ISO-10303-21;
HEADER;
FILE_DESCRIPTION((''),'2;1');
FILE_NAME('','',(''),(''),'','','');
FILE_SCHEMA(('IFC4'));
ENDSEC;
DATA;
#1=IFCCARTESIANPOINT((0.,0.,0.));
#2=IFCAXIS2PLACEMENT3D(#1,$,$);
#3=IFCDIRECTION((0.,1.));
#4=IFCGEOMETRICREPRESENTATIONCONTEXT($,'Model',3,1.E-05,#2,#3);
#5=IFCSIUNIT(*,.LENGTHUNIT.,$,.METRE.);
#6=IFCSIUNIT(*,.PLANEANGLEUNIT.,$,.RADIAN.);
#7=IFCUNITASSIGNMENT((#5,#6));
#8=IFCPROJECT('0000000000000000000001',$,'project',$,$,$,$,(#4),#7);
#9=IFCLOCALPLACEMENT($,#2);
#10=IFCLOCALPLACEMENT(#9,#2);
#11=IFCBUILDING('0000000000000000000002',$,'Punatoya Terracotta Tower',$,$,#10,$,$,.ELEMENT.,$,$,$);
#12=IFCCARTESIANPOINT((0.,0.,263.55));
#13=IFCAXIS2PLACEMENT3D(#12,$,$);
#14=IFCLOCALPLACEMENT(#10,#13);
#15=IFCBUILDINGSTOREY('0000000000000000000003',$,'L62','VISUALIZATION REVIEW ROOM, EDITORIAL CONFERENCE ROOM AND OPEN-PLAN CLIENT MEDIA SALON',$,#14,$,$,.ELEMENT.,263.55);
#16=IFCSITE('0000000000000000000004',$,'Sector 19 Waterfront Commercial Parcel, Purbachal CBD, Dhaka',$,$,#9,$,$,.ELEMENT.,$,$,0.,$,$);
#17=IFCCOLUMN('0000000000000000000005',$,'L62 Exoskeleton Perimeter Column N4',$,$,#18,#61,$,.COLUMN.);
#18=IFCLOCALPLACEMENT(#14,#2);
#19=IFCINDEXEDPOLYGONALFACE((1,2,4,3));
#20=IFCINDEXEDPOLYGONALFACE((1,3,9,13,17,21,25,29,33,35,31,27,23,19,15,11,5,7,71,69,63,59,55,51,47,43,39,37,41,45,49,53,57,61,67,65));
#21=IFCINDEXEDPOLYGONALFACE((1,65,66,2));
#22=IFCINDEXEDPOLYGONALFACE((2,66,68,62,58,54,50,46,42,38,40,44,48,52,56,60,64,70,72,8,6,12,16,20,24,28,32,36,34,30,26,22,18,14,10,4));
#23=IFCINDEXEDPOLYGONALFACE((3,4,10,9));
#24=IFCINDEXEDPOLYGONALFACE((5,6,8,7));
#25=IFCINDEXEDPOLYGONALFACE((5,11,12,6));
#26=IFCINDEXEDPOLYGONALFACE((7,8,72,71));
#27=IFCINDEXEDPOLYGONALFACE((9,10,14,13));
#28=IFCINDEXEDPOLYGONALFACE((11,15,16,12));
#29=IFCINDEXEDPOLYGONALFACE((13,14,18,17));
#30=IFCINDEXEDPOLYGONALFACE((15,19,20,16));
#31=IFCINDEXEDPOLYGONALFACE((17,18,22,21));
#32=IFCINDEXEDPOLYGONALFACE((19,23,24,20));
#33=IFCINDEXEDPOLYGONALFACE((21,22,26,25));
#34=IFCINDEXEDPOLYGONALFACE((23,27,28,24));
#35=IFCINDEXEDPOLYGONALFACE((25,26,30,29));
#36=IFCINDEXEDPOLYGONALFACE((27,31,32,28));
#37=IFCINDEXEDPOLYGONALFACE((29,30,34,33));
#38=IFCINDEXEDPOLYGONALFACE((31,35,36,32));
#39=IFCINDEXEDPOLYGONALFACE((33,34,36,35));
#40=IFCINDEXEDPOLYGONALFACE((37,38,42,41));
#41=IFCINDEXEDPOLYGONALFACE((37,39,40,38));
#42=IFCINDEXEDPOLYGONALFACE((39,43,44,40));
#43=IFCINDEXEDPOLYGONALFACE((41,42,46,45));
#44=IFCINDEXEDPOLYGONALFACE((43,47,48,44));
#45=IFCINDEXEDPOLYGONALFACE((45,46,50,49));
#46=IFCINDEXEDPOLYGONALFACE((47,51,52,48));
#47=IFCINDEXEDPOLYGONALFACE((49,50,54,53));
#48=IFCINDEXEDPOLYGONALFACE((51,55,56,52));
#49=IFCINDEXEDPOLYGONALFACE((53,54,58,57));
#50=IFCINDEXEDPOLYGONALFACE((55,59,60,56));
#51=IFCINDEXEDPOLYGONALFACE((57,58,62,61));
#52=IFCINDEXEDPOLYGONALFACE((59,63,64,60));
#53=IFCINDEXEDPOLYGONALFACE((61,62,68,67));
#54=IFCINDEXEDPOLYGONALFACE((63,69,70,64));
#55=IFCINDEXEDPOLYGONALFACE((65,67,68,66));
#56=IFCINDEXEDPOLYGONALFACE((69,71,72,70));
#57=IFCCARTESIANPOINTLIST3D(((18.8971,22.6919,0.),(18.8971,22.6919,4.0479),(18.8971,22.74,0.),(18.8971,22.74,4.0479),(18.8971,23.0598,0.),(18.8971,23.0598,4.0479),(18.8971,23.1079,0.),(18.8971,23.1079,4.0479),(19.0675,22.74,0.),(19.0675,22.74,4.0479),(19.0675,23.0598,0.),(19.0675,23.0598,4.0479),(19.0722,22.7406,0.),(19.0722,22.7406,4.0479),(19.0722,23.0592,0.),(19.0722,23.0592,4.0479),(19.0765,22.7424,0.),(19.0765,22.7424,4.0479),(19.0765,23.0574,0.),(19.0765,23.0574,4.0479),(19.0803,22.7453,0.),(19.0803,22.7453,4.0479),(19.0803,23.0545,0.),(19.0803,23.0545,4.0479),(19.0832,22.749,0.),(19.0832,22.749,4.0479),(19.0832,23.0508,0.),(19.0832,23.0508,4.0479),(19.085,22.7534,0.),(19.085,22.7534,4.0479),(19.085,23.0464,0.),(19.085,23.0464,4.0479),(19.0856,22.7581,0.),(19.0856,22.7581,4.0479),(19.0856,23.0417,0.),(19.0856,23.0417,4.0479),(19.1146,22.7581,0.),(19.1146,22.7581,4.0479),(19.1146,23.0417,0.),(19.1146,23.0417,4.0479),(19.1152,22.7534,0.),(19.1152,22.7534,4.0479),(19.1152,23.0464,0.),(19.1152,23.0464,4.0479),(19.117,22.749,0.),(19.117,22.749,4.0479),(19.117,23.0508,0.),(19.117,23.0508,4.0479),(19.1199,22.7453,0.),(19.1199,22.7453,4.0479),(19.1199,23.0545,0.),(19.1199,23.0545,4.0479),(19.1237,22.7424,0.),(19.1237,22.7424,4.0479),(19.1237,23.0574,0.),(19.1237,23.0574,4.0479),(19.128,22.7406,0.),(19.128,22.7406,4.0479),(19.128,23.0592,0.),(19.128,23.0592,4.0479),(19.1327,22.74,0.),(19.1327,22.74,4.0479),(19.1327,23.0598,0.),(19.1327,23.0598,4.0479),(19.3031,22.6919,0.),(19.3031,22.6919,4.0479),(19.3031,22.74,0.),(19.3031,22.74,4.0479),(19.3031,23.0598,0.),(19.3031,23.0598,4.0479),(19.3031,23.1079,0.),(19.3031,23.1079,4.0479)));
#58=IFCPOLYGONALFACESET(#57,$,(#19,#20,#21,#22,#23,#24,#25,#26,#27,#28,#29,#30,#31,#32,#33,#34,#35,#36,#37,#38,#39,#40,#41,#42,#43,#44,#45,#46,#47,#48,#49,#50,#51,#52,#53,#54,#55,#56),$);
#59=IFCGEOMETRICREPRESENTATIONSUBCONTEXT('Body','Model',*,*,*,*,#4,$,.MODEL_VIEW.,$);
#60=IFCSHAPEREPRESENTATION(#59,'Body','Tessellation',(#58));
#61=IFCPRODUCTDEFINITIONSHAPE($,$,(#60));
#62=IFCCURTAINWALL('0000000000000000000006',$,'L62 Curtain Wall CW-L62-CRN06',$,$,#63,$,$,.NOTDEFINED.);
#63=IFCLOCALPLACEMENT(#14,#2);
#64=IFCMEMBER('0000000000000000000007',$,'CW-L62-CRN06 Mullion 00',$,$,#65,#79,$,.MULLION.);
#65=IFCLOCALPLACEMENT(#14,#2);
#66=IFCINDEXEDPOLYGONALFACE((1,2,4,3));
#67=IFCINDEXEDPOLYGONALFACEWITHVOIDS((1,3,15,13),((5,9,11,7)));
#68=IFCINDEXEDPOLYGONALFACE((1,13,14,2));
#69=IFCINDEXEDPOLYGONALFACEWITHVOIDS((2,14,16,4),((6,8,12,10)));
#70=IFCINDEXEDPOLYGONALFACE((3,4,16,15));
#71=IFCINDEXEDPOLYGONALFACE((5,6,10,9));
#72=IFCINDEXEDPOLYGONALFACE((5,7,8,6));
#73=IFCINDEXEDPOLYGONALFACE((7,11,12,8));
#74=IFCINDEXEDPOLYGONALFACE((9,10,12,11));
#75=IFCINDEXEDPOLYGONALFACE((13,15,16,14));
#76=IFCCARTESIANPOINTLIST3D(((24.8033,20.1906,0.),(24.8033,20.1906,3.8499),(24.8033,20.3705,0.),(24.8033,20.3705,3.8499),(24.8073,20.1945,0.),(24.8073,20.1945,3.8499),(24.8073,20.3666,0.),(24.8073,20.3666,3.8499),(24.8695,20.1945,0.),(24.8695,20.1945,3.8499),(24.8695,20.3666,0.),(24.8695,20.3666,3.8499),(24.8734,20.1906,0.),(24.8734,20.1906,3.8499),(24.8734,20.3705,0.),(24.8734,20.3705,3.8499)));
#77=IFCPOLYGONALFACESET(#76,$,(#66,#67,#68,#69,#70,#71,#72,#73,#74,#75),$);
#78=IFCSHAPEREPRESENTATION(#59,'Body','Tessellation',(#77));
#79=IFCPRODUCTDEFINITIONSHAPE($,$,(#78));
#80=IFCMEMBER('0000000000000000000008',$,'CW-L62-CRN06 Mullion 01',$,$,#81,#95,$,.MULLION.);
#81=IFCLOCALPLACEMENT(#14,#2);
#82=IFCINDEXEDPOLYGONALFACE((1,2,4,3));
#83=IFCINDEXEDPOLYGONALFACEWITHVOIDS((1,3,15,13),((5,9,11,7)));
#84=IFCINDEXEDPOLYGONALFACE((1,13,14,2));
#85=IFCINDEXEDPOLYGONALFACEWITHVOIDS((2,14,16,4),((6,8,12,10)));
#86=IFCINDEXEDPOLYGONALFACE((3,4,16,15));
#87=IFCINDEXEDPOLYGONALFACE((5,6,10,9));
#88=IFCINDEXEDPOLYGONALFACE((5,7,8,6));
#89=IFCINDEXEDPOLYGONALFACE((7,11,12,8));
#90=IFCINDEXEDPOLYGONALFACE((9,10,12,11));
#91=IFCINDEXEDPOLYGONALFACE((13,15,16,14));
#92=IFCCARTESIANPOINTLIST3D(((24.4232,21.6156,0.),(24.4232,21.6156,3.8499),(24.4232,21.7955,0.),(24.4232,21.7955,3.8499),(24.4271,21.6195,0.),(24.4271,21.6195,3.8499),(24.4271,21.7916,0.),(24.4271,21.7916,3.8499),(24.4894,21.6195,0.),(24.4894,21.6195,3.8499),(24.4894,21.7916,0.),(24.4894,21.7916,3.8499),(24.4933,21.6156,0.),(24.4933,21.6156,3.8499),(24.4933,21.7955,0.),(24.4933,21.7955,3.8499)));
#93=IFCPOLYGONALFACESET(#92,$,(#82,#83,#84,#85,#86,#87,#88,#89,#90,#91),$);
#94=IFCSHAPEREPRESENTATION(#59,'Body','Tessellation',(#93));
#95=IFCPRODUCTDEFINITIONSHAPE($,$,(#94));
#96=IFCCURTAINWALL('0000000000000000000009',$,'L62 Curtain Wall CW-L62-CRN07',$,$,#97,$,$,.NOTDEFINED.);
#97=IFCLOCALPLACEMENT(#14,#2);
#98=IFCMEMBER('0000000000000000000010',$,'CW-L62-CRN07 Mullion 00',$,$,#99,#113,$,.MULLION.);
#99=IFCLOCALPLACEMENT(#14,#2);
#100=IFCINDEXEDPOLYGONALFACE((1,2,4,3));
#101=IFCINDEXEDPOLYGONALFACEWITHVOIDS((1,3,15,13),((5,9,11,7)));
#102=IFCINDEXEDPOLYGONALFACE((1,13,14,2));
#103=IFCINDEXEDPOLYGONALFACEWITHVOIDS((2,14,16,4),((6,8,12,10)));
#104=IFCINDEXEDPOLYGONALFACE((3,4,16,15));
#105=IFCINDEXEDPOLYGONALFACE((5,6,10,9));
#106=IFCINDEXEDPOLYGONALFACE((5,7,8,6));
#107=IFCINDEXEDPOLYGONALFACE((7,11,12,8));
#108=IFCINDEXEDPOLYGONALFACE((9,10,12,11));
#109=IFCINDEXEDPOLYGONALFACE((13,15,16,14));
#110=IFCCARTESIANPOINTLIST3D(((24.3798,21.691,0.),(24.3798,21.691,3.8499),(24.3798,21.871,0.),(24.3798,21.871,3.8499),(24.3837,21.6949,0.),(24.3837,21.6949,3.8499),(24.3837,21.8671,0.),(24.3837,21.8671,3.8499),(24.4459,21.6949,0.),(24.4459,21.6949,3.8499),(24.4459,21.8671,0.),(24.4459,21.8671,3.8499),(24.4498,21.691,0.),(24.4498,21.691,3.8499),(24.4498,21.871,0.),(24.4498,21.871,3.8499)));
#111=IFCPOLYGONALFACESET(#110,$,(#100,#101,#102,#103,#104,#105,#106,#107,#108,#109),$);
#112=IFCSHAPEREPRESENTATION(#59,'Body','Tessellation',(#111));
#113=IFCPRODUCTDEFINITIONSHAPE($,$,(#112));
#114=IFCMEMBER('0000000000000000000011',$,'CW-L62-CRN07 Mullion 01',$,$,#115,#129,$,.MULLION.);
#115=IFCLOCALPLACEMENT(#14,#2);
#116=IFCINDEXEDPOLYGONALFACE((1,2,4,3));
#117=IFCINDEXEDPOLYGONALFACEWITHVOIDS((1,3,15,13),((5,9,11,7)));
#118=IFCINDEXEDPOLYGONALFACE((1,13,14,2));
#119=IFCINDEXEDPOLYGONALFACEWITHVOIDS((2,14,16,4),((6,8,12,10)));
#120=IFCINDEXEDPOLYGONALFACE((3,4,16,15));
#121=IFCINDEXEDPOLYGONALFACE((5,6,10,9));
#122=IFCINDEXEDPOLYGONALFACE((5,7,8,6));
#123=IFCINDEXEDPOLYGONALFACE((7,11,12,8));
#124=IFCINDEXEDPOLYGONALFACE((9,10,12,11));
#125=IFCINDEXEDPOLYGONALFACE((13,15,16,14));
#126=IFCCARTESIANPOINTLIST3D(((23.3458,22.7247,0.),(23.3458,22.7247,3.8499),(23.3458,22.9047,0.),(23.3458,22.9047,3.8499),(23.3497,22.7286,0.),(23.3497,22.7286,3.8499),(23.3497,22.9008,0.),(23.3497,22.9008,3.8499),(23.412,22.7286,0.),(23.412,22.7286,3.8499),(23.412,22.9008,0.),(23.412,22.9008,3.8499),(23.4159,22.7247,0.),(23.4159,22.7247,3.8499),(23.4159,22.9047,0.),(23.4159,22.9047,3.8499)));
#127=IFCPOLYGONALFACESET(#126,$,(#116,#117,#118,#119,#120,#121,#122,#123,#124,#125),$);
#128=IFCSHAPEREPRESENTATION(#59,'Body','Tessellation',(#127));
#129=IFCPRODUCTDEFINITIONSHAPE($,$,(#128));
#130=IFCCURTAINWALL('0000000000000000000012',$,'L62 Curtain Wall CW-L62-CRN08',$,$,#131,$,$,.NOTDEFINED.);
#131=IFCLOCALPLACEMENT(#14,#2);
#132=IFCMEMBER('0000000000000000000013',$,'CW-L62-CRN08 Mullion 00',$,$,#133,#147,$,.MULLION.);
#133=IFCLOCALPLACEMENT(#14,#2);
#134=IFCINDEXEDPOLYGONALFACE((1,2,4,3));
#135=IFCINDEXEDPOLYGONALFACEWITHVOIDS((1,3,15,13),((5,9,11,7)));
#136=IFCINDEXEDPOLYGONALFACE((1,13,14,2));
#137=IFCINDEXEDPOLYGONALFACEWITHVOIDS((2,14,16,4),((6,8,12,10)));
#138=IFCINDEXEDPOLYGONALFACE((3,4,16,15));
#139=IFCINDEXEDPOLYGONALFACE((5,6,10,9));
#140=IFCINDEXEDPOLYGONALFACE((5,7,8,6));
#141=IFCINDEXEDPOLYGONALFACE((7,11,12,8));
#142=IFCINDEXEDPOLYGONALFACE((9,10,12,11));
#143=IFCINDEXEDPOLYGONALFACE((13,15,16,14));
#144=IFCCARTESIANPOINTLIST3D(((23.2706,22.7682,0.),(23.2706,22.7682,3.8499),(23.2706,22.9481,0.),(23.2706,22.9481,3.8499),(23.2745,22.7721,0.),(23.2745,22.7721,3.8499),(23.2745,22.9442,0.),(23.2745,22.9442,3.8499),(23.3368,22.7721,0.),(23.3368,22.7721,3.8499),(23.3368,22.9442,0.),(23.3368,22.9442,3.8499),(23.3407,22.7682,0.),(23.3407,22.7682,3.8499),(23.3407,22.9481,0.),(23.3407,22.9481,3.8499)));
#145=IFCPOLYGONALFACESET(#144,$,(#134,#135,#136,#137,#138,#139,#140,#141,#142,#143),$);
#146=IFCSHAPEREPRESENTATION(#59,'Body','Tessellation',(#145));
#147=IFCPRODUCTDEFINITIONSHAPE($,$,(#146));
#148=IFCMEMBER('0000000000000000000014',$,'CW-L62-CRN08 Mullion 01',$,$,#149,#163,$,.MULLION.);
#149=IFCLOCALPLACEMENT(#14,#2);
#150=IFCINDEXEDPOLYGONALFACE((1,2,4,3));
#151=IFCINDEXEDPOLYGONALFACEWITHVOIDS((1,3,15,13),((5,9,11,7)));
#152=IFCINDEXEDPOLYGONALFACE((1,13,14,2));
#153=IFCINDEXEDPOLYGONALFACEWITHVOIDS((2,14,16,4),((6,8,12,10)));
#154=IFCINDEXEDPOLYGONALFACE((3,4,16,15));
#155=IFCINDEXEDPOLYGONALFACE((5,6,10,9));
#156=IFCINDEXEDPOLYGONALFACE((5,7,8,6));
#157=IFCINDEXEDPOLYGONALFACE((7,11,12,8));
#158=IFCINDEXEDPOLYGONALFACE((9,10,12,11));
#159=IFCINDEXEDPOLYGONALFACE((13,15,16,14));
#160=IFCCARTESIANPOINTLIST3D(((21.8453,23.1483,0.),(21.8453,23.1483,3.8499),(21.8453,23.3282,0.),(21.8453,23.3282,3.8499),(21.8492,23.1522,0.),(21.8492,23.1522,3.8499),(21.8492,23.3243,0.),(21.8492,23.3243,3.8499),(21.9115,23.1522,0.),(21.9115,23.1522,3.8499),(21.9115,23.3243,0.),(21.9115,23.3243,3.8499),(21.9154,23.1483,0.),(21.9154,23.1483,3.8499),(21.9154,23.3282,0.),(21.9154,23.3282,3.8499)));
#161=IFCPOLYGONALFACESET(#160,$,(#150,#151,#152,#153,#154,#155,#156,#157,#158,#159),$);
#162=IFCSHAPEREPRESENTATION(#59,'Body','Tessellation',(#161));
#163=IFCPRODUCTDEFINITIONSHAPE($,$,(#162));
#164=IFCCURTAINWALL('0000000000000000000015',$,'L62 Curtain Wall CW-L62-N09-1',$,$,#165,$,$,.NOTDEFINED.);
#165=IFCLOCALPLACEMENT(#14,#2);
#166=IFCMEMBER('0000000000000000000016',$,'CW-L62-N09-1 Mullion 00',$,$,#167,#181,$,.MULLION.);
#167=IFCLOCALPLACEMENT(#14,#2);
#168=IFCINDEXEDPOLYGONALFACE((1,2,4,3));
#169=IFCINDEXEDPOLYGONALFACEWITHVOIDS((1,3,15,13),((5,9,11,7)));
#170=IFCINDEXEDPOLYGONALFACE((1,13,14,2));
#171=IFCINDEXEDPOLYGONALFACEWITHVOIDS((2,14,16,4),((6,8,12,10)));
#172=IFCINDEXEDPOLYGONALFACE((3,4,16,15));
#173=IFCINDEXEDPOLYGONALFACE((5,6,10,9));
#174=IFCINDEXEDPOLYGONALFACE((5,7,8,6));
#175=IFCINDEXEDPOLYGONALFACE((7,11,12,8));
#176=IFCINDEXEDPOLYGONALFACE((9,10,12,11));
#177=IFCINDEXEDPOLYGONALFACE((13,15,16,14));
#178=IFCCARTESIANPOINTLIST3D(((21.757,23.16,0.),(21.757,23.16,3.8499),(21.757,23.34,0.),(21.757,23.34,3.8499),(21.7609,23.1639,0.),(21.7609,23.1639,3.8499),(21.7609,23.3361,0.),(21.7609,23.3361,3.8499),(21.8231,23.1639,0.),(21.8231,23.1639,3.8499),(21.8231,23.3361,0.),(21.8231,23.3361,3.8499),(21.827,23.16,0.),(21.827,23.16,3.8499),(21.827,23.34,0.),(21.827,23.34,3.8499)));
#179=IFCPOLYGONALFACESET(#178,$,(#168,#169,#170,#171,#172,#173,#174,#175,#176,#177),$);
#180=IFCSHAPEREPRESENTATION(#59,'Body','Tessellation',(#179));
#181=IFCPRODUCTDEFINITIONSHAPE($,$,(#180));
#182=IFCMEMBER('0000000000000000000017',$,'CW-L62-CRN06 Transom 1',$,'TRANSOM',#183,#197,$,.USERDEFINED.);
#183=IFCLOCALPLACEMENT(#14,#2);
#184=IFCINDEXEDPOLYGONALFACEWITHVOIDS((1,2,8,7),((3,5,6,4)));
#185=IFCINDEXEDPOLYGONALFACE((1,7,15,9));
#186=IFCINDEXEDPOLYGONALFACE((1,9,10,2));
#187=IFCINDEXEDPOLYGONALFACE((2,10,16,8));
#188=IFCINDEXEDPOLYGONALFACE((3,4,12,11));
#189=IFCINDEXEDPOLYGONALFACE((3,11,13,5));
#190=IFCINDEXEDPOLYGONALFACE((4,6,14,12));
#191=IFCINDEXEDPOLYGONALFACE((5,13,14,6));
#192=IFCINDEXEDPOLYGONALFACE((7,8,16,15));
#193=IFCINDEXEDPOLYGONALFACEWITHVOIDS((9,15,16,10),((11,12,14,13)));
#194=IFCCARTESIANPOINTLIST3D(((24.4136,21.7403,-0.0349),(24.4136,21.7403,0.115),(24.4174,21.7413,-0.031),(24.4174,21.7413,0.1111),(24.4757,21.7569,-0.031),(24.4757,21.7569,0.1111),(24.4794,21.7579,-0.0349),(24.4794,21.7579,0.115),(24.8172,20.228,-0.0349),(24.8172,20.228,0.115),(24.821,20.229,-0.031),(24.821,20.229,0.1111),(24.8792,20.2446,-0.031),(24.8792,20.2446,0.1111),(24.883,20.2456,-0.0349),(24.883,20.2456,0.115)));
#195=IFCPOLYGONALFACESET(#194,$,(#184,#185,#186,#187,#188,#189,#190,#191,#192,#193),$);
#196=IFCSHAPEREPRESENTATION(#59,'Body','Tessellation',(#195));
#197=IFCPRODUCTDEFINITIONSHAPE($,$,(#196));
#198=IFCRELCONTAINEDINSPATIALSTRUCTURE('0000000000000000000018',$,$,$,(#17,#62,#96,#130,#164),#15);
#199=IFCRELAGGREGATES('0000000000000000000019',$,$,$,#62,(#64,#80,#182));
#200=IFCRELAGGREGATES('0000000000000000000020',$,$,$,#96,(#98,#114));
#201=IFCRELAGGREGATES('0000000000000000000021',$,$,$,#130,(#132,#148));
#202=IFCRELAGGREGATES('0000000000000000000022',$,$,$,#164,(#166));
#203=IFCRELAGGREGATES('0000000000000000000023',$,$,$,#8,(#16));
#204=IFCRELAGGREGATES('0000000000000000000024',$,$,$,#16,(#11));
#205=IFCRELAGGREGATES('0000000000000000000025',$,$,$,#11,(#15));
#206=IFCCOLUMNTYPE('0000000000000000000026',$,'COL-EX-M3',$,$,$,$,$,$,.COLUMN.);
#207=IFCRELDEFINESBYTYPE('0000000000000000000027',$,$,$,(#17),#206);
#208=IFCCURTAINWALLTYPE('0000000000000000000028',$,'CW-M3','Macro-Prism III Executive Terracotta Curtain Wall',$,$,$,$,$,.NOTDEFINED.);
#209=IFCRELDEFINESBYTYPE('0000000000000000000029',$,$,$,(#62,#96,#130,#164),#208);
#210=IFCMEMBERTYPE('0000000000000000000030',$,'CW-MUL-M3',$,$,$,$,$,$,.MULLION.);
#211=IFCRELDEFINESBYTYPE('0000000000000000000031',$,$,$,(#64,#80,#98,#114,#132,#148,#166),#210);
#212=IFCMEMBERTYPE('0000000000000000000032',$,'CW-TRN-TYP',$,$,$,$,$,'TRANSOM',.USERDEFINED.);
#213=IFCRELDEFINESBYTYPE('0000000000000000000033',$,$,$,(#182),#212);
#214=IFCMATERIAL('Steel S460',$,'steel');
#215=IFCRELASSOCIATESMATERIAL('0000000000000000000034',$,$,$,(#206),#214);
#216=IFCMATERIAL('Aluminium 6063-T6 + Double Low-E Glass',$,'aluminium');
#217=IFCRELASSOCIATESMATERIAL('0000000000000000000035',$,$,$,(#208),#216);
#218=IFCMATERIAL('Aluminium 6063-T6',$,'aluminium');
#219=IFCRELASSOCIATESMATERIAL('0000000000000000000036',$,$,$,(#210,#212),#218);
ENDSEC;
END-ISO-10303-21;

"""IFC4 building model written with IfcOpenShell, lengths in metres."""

from ifc_helpers import new_model, si_unit, direction, frame, origin, origin_2d, place, context, subcontext, project, spatial, hollow_rectangle, i_section, extrude, material, material_profile, profile_set, type_object, element, aggregate, save


model = new_model("IFC4")

# Units and contexts
model_context = context("Model", 3, precision=1e-05, world=origin(), true_north=direction((0.0, 1.0)))
body_context = subcontext(model_context, "Body", "Model", "MODEL_VIEW")
ifc_project = project(units=[si_unit("LENGTHUNIT", "METRE"), si_unit("PLANEANGLEUNIT", "RADIAN")], contexts=[model_context])

# Site, building, storey
site_placement = place(None, origin())
site = spatial("IfcSite", under=ifc_project, at=site_placement, Name="Sector 19 Waterfront Commercial Parcel, Purbachal CBD, Dhaka", CompositionType="ELEMENT", RefElevation=0.0)
building_placement = place(site_placement, origin())
building = spatial("IfcBuilding", under=site, at=building_placement, Name="Punatoya Terracotta Tower", CompositionType="ELEMENT")
storey_placement = place(building_placement, frame((0.0, 0.0, 263.55)))
storey = spatial("IfcBuildingStorey", under=building, at=storey_placement, Name="L62", Description="VISUALIZATION REVIEW ROOM, EDITORIAL CONFERENCE ROOM AND OPEN-PLAN CLIENT MEDIA SALON", CompositionType="ELEMENT", Elevation=263.55)

# Column
ifc_material_1 = material(Name="Steel S460", Category="steel")
ifc_material_profile_1 = material_profile(ifc_material_1, i_section(OverallWidth=0.406, OverallDepth=0.416, WebThickness=0.0291, FlangeThickness=0.0481, FilletRadius=0.0181, at=origin_2d()))
ifc_profile_set_1 = profile_set([ifc_material_profile_1], Name="Steel S460")
column_type = type_object("IfcColumnType", Name="COL-EX-M3", PredefinedType="COLUMN", material=ifc_profile_set_1)
column_placement = place(storey_placement, frame((19.1001, 22.8999, 0.0), z_axis=(0.0, 0.0, 1.0), x_axis=(1.0, 0.0, 0.0)))
element("IfcColumn", 1, at=column_placement, inside=storey, type_object=column_type, Name="L62 Exoskeleton Perimeter Column N4", PredefinedType="COLUMN", context=body_context, shape_type="SweptSolid", body=[
    extrude(i_section(OverallWidth=0.406, OverallDepth=0.416, WebThickness=0.0291, FlangeThickness=0.0481, FilletRadius=0.0181, at=origin_2d()), origin(), (0.0, 0.0, 1.0), 4.0479),
])

# Curtain walls, members
ifc_material_2 = material(Name="Aluminium 6063-T6 + Double Low-E Glass", Category="aluminium")
curtain_wall_type = type_object("IfcCurtainWallType", Name="CW-M3", Description="Macro-Prism III Executive Terracotta Curtain Wall", PredefinedType="NOTDEFINED", material=ifc_material_2)
curtain_wall_1_placement = place(storey_placement, origin())
curtain_wall_1 = element("IfcCurtainWall", 2, at=curtain_wall_1_placement, inside=storey, type_object=curtain_wall_type, Name="L62 Curtain Wall CW-L62-CRN06", PredefinedType="NOTDEFINED")
ifc_material_3 = material(Name="Aluminium 6063-T6", Category="aluminium")
ifc_material_profile_2 = material_profile(ifc_material_3, hollow_rectangle(XDim=0.0701, YDim=0.1799, WallThickness=0.0039, at=origin_2d()))
ifc_profile_set_2 = profile_set([ifc_material_profile_2], Name="Aluminium 6063-T6")
member_type_1 = type_object("IfcMemberType", Name="CW-MUL-M3", PredefinedType="MULLION", material=ifc_profile_set_2)
member_1_placement = place(storey_placement, frame((24.8384, 20.2805, 0.0), z_axis=(0.0, 0.0, 1.0), x_axis=(1.0, 0.0, 0.0)))
member_1 = element("IfcMember", 3, at=member_1_placement, type_object=member_type_1, Name="CW-L62-CRN06 Mullion 00", PredefinedType="MULLION", context=body_context, shape_type="SweptSolid", body=[
    extrude(hollow_rectangle(XDim=0.0701, YDim=0.1799, WallThickness=0.0039, at=origin_2d()), origin(), (0.0, 0.0, 1.0), 3.8499),
])
member_2_placement = place(storey_placement, frame((24.4583, 21.7056, 0.0), z_axis=(0.0, 0.0, 1.0), x_axis=(1.0, 0.0, 0.0)))
member_2 = element("IfcMember", 4, at=member_2_placement, type_object=member_type_1, Name="CW-L62-CRN06 Mullion 01", PredefinedType="MULLION", context=body_context, shape_type="SweptSolid", body=[
    extrude(hollow_rectangle(XDim=0.0701, YDim=0.1799, WallThickness=0.0039, at=origin_2d()), origin(), (0.0, 0.0, 1.0), 3.8499),
])
curtain_wall_2_placement = place(storey_placement, origin())
curtain_wall_2 = element("IfcCurtainWall", 5, at=curtain_wall_2_placement, inside=storey, type_object=curtain_wall_type, Name="L62 Curtain Wall CW-L62-CRN07", PredefinedType="NOTDEFINED")
member_3_placement = place(storey_placement, frame((24.4148, 21.781, 0.0), z_axis=(0.0, 0.0, 1.0), x_axis=(1.0, 0.0, 0.0)))
member_3 = element("IfcMember", 6, at=member_3_placement, type_object=member_type_1, Name="CW-L62-CRN07 Mullion 00", PredefinedType="MULLION", context=body_context, shape_type="SweptSolid", body=[
    extrude(hollow_rectangle(XDim=0.0701, YDim=0.1799, WallThickness=0.0039, at=origin_2d()), origin(), (0.0, 0.0, 1.0), 3.8499),
])
member_4_placement = place(storey_placement, frame((23.3809, 22.8147, 0.0), z_axis=(0.0, 0.0, 1.0), x_axis=(1.0, 0.0, 0.0)))
member_4 = element("IfcMember", 7, at=member_4_placement, type_object=member_type_1, Name="CW-L62-CRN07 Mullion 01", PredefinedType="MULLION", context=body_context, shape_type="SweptSolid", body=[
    extrude(hollow_rectangle(XDim=0.0701, YDim=0.1799, WallThickness=0.0039, at=origin_2d()), origin(), (0.0, 0.0, 1.0), 3.8499),
])
curtain_wall_3_placement = place(storey_placement, origin())
curtain_wall_3 = element("IfcCurtainWall", 8, at=curtain_wall_3_placement, inside=storey, type_object=curtain_wall_type, Name="L62 Curtain Wall CW-L62-CRN08", PredefinedType="NOTDEFINED")
member_5_placement = place(storey_placement, frame((23.3057, 22.8582, 0.0), z_axis=(0.0, 0.0, 1.0), x_axis=(1.0, 0.0, 0.0)))
member_5 = element("IfcMember", 9, at=member_5_placement, type_object=member_type_1, Name="CW-L62-CRN08 Mullion 00", PredefinedType="MULLION", context=body_context, shape_type="SweptSolid", body=[
    extrude(hollow_rectangle(XDim=0.0701, YDim=0.1799, WallThickness=0.0039, at=origin_2d()), origin(), (0.0, 0.0, 1.0), 3.8499),
])
member_6_placement = place(storey_placement, frame((21.8804, 23.2383, 0.0), z_axis=(0.0, 0.0, 1.0), x_axis=(1.0, 0.0, 0.0)))
member_6 = element("IfcMember", 10, at=member_6_placement, type_object=member_type_1, Name="CW-L62-CRN08 Mullion 01", PredefinedType="MULLION", context=body_context, shape_type="SweptSolid", body=[
    extrude(hollow_rectangle(XDim=0.0701, YDim=0.1799, WallThickness=0.0039, at=origin_2d()), origin(), (0.0, 0.0, 1.0), 3.8499),
])

# Curtain wall, member
curtain_wall_4_placement = place(storey_placement, origin())
curtain_wall_4 = element("IfcCurtainWall", 11, at=curtain_wall_4_placement, inside=storey, type_object=curtain_wall_type, Name="L62 Curtain Wall CW-L62-N09-1", PredefinedType="NOTDEFINED")
member_7_placement = place(storey_placement, frame((21.792, 23.25, 0.0), z_axis=(0.0, 0.0, 1.0), x_axis=(1.0, 0.0, 0.0)))
member_7 = element("IfcMember", 12, at=member_7_placement, type_object=member_type_1, Name="CW-L62-N09-1 Mullion 00", PredefinedType="MULLION", context=body_context, shape_type="SweptSolid", body=[
    extrude(hollow_rectangle(XDim=0.0701, YDim=0.1799, WallThickness=0.0039, at=origin_2d()), origin(), (0.0, 0.0, 1.0), 3.8499),
])

# Member
ifc_material_profile_3 = material_profile(ifc_material_3, hollow_rectangle(XDim=0.0681, YDim=0.1499, WallThickness=0.0039, at=origin_2d()))
ifc_profile_set_3 = profile_set([ifc_material_profile_3], Name="Aluminium 6063-T6")
member_type_2 = type_object("IfcMemberType", Name="CW-TRN-TYP", ElementType="TRANSOM", PredefinedType="USERDEFINED", material=ifc_profile_set_3)
member_8_placement = place(storey_placement, frame((24.8501, 20.2368, 0.04), z_axis=(-0.257847, 0.966186, 0.0), x_axis=(-0.966186, -0.257847, 0.0)))
member_8 = element("IfcMember", 13, at=member_8_placement, type_object=member_type_2, Name="CW-L62-CRN06 Transom 1", ObjectType="TRANSOM", PredefinedType="USERDEFINED", context=body_context, shape_type="SweptSolid", body=[
    extrude(hollow_rectangle(XDim=0.0681, YDim=0.1499, WallThickness=0.0039, at=origin_2d()), origin(), (0.0, 0.0, 1.0), 1.5652),
])

aggregate(curtain_wall_1, [member_1, member_2, member_8])
aggregate(curtain_wall_2, [member_3, member_4])
aggregate(curtain_wall_3, [member_5, member_6])
aggregate(curtain_wall_4, [member_7])

save(model, "model.ifc")
